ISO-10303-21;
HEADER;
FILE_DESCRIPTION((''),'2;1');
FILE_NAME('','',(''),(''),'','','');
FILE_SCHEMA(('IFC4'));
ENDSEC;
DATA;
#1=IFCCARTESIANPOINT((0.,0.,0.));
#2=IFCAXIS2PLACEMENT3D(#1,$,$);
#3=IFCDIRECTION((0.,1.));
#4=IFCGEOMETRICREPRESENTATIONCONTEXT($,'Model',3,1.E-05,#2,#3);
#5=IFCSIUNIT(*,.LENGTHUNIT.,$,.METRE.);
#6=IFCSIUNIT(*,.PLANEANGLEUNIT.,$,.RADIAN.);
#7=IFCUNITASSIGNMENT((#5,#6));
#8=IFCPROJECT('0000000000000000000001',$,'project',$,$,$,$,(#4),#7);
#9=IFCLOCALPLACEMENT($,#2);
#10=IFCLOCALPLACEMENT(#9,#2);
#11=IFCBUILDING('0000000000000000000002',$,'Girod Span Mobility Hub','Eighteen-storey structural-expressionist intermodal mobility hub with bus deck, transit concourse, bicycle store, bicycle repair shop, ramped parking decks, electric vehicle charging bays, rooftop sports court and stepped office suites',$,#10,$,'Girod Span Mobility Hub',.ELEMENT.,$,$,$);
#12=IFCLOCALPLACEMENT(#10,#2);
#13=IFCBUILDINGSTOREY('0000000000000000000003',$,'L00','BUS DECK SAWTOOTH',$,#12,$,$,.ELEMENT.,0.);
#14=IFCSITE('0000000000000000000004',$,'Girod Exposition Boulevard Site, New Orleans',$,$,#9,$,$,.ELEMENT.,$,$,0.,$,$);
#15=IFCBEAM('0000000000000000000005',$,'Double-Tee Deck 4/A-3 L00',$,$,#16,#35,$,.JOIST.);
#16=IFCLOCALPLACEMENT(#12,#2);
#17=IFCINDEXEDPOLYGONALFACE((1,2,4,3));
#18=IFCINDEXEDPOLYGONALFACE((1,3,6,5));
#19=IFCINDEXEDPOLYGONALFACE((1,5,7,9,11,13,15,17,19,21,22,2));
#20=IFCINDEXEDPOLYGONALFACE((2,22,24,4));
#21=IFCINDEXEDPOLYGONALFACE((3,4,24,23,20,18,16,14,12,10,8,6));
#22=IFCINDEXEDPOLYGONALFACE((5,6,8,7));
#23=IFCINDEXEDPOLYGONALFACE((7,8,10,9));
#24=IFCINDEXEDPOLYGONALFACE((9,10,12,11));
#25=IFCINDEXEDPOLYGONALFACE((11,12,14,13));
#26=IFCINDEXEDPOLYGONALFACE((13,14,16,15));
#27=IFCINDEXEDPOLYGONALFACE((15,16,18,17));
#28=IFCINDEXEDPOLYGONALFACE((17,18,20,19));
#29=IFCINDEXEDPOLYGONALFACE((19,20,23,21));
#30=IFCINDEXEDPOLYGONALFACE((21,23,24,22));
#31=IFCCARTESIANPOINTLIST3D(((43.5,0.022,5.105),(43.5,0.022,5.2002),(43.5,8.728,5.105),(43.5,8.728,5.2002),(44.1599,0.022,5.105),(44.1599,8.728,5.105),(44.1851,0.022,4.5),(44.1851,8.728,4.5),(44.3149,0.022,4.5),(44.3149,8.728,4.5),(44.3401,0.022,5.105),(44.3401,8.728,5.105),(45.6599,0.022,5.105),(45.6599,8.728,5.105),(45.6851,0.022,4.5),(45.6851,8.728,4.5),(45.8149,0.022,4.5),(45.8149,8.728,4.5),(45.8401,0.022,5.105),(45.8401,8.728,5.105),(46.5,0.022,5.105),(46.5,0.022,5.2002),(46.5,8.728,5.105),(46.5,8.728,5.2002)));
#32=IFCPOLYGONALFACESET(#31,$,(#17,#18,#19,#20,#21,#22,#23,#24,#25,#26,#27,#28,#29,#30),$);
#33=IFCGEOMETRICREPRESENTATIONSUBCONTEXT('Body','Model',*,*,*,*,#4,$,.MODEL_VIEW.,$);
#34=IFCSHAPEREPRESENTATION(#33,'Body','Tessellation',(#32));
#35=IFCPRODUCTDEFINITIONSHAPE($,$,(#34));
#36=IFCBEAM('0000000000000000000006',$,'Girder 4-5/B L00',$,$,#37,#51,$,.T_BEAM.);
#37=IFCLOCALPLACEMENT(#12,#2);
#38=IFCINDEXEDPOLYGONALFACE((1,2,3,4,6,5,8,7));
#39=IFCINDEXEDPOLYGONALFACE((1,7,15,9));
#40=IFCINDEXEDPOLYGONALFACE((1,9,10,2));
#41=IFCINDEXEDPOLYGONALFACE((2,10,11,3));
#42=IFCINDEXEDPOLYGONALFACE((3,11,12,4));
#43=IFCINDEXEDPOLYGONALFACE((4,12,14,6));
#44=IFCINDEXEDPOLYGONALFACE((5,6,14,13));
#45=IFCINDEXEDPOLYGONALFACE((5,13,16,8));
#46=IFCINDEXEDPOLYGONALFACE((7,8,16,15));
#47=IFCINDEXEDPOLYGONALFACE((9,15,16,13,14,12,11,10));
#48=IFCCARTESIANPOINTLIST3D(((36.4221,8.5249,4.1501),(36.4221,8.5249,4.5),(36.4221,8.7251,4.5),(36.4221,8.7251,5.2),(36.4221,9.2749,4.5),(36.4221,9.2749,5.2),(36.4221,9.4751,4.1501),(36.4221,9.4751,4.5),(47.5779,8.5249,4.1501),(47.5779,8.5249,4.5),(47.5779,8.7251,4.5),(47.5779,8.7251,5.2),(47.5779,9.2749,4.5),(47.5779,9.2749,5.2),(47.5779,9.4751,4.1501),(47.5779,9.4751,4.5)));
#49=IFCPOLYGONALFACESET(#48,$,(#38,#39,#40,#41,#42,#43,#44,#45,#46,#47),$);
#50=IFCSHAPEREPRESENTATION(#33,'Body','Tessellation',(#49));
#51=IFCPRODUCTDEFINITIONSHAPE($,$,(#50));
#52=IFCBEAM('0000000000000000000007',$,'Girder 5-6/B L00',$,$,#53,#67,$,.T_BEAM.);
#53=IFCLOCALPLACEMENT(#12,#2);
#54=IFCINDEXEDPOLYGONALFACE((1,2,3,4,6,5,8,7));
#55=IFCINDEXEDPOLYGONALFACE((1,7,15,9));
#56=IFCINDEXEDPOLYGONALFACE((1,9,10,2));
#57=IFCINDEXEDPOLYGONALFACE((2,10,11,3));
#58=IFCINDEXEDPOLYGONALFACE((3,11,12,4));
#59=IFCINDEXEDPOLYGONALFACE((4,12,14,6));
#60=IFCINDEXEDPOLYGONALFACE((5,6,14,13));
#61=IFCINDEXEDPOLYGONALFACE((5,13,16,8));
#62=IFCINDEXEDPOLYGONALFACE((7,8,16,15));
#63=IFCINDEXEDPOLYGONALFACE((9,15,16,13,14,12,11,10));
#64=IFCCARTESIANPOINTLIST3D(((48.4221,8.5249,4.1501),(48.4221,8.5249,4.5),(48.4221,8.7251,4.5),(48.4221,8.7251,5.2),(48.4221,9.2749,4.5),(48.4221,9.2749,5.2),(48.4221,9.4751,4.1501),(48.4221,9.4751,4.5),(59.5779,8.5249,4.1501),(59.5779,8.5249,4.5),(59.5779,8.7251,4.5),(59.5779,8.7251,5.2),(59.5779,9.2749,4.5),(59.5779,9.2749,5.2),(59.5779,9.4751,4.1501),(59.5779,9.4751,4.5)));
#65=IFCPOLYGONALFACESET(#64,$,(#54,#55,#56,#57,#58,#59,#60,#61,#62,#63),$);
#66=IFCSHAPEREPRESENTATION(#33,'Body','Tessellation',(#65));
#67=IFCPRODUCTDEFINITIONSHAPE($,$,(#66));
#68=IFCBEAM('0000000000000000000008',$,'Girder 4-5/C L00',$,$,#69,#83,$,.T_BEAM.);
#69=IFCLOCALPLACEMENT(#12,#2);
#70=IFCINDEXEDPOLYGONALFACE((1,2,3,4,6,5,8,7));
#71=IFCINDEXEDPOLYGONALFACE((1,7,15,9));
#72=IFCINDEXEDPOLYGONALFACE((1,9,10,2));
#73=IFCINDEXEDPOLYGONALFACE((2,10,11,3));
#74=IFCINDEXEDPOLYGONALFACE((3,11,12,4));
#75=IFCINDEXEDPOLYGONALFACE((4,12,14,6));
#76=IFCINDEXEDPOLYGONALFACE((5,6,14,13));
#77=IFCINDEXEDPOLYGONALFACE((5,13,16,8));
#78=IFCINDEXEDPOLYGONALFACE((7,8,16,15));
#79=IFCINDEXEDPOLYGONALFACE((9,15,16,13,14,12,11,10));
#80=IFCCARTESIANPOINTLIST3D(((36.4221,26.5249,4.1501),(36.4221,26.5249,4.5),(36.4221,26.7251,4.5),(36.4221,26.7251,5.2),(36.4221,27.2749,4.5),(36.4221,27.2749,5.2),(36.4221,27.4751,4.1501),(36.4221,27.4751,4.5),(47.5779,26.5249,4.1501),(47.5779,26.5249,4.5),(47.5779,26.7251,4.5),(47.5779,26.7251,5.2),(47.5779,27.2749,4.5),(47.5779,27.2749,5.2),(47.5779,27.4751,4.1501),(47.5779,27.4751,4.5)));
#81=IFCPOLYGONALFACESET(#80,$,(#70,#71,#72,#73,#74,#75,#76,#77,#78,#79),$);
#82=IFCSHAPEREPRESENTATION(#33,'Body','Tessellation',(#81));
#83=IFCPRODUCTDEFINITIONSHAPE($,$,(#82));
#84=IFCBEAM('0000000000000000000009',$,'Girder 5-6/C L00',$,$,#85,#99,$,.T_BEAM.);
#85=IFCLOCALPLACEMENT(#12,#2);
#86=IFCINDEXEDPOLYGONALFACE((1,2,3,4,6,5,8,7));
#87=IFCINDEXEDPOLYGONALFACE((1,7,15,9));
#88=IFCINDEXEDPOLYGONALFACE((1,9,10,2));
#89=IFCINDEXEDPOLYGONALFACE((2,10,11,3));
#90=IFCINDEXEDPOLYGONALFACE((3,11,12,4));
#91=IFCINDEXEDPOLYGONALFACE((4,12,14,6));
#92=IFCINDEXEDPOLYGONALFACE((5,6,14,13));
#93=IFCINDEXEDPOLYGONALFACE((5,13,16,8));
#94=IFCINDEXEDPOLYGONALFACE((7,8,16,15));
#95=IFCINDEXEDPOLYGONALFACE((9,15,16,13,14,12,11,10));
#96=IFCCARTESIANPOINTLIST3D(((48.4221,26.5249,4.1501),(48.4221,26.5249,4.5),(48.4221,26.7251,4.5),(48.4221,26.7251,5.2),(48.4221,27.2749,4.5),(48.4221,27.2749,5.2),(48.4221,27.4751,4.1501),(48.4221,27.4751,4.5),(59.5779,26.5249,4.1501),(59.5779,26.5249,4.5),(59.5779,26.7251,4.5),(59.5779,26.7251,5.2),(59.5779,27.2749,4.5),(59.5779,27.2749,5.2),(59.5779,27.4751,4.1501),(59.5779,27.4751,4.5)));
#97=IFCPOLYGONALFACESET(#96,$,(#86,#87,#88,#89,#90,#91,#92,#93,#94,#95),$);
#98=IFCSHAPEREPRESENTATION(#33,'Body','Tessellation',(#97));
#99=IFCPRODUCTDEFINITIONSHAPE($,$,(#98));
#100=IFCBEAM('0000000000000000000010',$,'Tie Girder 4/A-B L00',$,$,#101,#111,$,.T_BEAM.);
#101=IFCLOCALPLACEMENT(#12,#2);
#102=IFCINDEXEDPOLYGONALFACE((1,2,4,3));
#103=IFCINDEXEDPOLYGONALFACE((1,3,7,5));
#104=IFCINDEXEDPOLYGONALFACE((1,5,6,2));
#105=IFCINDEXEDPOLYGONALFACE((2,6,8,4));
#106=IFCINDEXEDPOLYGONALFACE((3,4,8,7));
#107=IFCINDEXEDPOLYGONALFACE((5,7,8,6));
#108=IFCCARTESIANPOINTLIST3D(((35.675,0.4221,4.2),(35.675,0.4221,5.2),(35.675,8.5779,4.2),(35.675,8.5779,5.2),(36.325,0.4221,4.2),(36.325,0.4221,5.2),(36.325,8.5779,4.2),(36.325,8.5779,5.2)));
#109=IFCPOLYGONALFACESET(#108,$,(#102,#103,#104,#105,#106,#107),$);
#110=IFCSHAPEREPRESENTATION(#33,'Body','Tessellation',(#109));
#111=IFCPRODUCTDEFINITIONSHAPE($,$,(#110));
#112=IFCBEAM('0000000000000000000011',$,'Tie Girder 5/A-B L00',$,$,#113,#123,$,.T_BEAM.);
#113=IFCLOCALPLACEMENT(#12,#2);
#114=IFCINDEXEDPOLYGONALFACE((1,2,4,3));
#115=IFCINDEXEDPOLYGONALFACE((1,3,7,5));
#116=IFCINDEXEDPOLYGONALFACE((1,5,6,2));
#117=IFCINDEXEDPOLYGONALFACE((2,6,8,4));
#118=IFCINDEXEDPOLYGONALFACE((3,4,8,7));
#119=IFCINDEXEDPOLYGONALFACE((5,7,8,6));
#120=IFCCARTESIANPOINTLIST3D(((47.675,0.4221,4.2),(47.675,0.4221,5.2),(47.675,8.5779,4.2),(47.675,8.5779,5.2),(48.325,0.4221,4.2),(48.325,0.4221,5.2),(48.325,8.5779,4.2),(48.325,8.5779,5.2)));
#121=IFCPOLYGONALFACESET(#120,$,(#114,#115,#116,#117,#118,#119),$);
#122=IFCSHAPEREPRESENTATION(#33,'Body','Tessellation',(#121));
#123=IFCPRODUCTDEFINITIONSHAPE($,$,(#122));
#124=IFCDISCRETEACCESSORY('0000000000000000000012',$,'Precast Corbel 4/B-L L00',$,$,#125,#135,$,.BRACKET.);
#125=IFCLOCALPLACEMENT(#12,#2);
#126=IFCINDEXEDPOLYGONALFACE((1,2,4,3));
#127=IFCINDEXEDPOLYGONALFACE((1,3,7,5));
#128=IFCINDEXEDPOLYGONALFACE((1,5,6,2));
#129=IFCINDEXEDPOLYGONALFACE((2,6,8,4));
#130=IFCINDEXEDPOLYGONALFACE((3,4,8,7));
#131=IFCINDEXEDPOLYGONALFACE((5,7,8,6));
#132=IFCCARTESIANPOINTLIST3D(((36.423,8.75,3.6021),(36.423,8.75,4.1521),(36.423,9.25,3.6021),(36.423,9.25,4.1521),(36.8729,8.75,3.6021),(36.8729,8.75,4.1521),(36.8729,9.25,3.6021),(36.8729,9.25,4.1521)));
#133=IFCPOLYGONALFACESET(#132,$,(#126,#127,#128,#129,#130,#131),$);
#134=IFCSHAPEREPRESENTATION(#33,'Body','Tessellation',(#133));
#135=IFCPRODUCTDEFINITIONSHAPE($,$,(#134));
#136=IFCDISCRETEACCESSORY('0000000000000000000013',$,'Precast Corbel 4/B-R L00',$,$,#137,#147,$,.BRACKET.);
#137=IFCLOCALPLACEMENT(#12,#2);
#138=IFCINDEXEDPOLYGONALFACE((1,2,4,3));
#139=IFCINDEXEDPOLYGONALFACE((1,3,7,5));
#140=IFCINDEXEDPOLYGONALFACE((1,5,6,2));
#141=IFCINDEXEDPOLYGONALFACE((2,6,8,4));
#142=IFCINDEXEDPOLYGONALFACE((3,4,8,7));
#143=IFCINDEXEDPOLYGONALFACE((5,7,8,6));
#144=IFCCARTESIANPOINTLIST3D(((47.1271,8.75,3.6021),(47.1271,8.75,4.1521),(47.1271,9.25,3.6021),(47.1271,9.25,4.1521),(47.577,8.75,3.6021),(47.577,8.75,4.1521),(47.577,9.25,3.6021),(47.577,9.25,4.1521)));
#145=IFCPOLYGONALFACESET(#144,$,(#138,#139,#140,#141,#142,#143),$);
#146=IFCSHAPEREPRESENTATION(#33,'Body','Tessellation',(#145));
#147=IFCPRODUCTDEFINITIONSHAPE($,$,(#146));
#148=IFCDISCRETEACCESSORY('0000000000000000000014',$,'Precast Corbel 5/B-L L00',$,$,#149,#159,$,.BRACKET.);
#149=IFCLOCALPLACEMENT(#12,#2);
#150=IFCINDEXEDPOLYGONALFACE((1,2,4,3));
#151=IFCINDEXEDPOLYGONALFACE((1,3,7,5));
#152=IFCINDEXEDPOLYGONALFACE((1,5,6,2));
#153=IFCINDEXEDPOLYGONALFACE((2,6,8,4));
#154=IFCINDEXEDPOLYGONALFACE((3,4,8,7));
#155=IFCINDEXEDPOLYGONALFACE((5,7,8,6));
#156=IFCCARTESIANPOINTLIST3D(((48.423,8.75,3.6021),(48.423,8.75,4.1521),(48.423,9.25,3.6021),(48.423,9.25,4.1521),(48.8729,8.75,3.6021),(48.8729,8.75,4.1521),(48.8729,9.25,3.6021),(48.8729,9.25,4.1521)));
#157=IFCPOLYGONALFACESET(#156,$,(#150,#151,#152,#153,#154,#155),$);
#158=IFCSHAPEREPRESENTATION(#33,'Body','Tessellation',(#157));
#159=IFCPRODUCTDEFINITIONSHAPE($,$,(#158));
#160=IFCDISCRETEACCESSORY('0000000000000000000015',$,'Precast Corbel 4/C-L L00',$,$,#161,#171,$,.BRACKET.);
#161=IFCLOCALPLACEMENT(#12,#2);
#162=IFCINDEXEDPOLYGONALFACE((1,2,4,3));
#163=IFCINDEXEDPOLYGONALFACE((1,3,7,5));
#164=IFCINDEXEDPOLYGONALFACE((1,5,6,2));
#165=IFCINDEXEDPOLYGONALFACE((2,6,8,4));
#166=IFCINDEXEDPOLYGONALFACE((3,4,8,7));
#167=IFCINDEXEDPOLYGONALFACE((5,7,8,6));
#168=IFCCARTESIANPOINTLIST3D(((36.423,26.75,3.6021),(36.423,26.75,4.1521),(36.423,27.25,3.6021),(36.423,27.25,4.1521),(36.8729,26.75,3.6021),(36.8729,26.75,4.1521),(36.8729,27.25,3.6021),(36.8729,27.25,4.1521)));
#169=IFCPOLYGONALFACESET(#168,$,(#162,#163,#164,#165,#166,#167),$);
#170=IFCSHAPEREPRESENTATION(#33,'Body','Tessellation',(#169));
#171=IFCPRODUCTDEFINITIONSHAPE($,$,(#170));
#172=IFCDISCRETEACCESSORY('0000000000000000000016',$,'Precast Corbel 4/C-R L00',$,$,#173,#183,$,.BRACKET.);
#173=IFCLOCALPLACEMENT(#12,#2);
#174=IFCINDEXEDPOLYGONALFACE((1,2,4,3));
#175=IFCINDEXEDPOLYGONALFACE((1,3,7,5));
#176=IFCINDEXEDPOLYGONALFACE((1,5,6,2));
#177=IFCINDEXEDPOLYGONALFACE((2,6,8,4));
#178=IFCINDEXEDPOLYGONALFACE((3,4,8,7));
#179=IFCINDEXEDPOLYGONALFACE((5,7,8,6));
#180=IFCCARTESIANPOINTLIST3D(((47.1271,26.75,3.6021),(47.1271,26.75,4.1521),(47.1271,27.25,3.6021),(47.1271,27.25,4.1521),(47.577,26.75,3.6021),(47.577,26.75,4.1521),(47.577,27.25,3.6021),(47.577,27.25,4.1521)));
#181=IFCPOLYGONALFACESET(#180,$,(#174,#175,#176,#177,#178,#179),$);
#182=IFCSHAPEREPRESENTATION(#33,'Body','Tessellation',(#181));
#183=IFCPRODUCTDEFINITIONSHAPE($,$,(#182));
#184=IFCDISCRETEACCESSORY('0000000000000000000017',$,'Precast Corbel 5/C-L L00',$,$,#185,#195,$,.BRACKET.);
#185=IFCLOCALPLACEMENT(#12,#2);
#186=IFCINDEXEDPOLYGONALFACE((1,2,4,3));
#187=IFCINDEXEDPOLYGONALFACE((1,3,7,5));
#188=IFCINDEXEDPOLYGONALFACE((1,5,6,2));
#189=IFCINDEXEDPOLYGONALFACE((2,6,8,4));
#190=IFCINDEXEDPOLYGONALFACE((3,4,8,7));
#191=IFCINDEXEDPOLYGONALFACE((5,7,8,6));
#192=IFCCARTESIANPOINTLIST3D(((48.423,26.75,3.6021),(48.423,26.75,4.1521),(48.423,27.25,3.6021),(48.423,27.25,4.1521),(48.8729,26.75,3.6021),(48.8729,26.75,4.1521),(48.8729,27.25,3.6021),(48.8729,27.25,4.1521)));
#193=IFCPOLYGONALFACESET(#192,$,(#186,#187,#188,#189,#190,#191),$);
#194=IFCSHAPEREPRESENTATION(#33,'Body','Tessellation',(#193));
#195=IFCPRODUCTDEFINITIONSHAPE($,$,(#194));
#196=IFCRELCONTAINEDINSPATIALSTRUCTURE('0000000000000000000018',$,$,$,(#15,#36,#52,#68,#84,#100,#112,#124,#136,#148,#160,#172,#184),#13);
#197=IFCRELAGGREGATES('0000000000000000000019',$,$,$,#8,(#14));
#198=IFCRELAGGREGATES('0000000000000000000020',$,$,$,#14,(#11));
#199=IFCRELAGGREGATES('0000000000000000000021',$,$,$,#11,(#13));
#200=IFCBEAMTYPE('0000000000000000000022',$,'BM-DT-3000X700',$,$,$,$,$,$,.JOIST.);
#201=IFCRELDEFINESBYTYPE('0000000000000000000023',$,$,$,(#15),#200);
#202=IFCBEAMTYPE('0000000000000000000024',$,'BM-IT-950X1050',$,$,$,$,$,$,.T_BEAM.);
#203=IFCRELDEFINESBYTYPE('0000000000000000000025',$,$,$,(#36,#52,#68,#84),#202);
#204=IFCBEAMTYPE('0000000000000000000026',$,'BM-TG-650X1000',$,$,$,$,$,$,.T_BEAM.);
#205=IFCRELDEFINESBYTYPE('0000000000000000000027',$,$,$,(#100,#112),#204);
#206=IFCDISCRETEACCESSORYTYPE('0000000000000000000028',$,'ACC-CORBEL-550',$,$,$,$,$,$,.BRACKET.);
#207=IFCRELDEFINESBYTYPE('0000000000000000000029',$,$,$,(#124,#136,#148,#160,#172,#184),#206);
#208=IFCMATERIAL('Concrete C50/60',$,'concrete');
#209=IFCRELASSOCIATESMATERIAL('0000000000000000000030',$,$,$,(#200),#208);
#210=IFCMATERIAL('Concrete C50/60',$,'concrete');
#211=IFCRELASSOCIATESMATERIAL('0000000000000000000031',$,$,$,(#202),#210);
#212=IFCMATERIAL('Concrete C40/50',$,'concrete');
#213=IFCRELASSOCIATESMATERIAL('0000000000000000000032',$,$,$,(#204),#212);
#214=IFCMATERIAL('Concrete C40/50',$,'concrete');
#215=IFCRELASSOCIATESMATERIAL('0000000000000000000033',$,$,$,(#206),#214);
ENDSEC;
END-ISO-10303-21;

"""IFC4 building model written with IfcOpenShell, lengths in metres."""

from ifc_helpers import new_model, si_unit, direction, frame, origin, origin_2d, place, context, subcontext, project, spatial, polyline, rectangle, outline, extrude, material, material_profile, profile_set, type_object, element, save


model = new_model("IFC4")

# Units and contexts
model_context = context("Model", 3, precision=1e-05, world=origin(), true_north=direction((0.0, 1.0)))
body_context = subcontext(model_context, "Body", "Model", "MODEL_VIEW")
ifc_project = project(units=[si_unit("LENGTHUNIT", "METRE"), si_unit("PLANEANGLEUNIT", "RADIAN")], contexts=[model_context])

# Site, building, storey
site_placement = place(None, origin())
site = spatial("IfcSite", under=ifc_project, at=site_placement, Name="Girod Exposition Boulevard Site, New Orleans", CompositionType="ELEMENT", RefElevation=0.0)
building_placement = place(site_placement, origin())
building = spatial("IfcBuilding", under=site, at=building_placement, Name="Girod Span Mobility Hub", Description="Eighteen-storey structural-expressionist intermodal mobility hub with bus deck, transit concourse, bicycle store, bicycle repair shop, ramped parking decks, electric vehicle charging bays, rooftop sports court and stepped office suites", LongName="Girod Span Mobility Hub", CompositionType="ELEMENT")
storey_placement = place(building_placement, origin())
storey = spatial("IfcBuildingStorey", under=building, at=storey_placement, Name="L00", Description="BUS DECK SAWTOOTH", CompositionType="ELEMENT", Elevation=0.0)

# Beams
ifc_material_1 = material(Name="Concrete C50/60", Category="concrete")
ifc_material_profile_1 = material_profile(ifc_material_1, outline(polyline([(-1.5, 0.3501), (-1.5, 0.2549), (-0.8401, 0.2549), (-0.8149, -0.3501), (-0.6851, -0.3501), (-0.6599, 0.2549), (0.6599, 0.2549), (0.6851, -0.3501), (0.8149, -0.3501), (0.8401, 0.2549), (1.5, 0.2549), (1.5, 0.3501), (-1.5, 0.3501)])), Name="DT-3000X700")
ifc_profile_set_1 = profile_set([ifc_material_profile_1], Name="Concrete C50/60")
beam_type_1 = type_object("IfcBeamType", Name="BM-DT-3000X700", PredefinedType="JOIST", material=ifc_profile_set_1)
beam_placement = place(storey_placement, frame((45.0, 0.022, 4.8501), z_axis=(0.0, 1.0, 0.0), x_axis=(-1.0, 0.0, 0.0)))
element("IfcBeam", 1, at=beam_placement, inside=storey, type_object=beam_type_1, Name="Double-Tee Deck 4/A-3 L00", PredefinedType="JOIST", context=body_context, shape_type="SweptSolid", body=[
    extrude(outline(polyline([(-1.5, 0.3501), (-1.5, 0.2549), (-0.8401, 0.2549), (-0.8149, -0.3501), (-0.6851, -0.3501), (-0.6599, 0.2549), (0.6599, 0.2549), (0.6851, -0.3501), (0.8149, -0.3501), (0.8401, 0.2549), (1.5, 0.2549), (1.5, 0.3501), (-1.5, 0.3501)])), origin(), (0.0, 0.0, 1.0), 8.7061),
])
ifc_material_2 = material(Name="Concrete C50/60", Category="concrete")
ifc_material_profile_2 = material_profile(ifc_material_2, outline(polyline([(-0.4751, -0.5249), (0.4751, -0.5249), (0.4751, -0.175), (0.2749, -0.175), (0.2749, 0.5249), (-0.2749, 0.5249), (-0.2749, -0.175), (-0.4751, -0.175), (-0.4751, -0.5249)])), Name="IT-950X1050")
ifc_profile_set_2 = profile_set([ifc_material_profile_2], Name="Concrete C50/60")
beam_type_2 = type_object("IfcBeamType", Name="BM-IT-950X1050", PredefinedType="T_BEAM", material=ifc_profile_set_2)
for number, where, z_axis, x_axis, name in (
    (2, (36.4221, 9.0, 4.675), (1.0, 0.0, 0.0), (0.0, 1.0, 0.0), "Girder 4-5/B L00"),
    (3, (48.4221, 9.0, 4.675), (1.0, 0.0, 0.0), (0.0, 1.0, 0.0), "Girder 5-6/B L00"),
    (4, (36.4221, 27.0, 4.675), (1.0, 0.0, 0.0), (0.0, 1.0, 0.0), "Girder 4-5/C L00"),
    (5, (48.4221, 27.0, 4.675), (1.0, 0.0, 0.0), (0.0, 1.0, 0.0), "Girder 5-6/C L00"),
):
    element("IfcBeam", number, at=place(storey_placement, frame(where, z_axis=z_axis, x_axis=x_axis)), inside=storey, type_object=beam_type_2, Name=name, PredefinedType="T_BEAM", context=body_context, shape_type="SweptSolid", body=[
        extrude(outline(polyline([(-0.4751, -0.5249), (0.4751, -0.5249), (0.4751, -0.175), (0.2749, -0.175), (0.2749, 0.5249), (-0.2749, 0.5249), (-0.2749, -0.175), (-0.4751, -0.175), (-0.4751, -0.5249)])), origin(), (0.0, 0.0, 1.0), 11.1558),
    ])
ifc_material_3 = material(Name="Concrete C40/50", Category="concrete")
ifc_material_profile_3 = material_profile(ifc_material_3, rectangle(XDim=0.6499, YDim=1.0, at=origin_2d()), Name="TG-650X1000")
ifc_profile_set_3 = profile_set([ifc_material_profile_3], Name="Concrete C40/50")
beam_type_3 = type_object("IfcBeamType", Name="BM-TG-650X1000", PredefinedType="T_BEAM", material=ifc_profile_set_3)
for number, where, z_axis, x_axis, name in (
    (6, (36.0, 0.4221, 4.7), (0.0, 1.0, 0.0), (-1.0, 0.0, 0.0), "Tie Girder 4/A-B L00"),
    (7, (48.0, 0.4221, 4.7), (0.0, 1.0, 0.0), (-1.0, 0.0, 0.0), "Tie Girder 5/A-B L00"),
):
    element("IfcBeam", number, at=place(storey_placement, frame(where, z_axis=z_axis, x_axis=x_axis)), inside=storey, type_object=beam_type_3, Name=name, PredefinedType="T_BEAM", context=body_context, shape_type="SweptSolid", body=[
        extrude(rectangle(XDim=0.6499, YDim=1.0, at=origin_2d()), origin(), (0.0, 0.0, 1.0), 8.1558),
    ])

# Discrete accessories
ifc_material_4 = material(Name="Concrete C40/50", Category="concrete")
discrete_accessory_type = type_object("IfcDiscreteAccessoryType", Name="ACC-CORBEL-550", PredefinedType="BRACKET", material=ifc_material_4)
for number, where, z_axis, x_axis, name in (
    (8, (36.6479, 9.0, 3.6021), (0.0, 0.0, 1.0), (1.0, 0.0, 0.0), "Precast Corbel 4/B-L L00"),
    (9, (47.3521, 9.0, 3.6021), (0.0, 0.0, 1.0), (1.0, 0.0, 0.0), "Precast Corbel 4/B-R L00"),
    (10, (48.6479, 9.0, 3.6021), (0.0, 0.0, 1.0), (1.0, 0.0, 0.0), "Precast Corbel 5/B-L L00"),
    (11, (36.6479, 27.0, 3.6021), (0.0, 0.0, 1.0), (1.0, 0.0, 0.0), "Precast Corbel 4/C-L L00"),
    (12, (47.3521, 27.0, 3.6021), (0.0, 0.0, 1.0), (1.0, 0.0, 0.0), "Precast Corbel 4/C-R L00"),
    (13, (48.6479, 27.0, 3.6021), (0.0, 0.0, 1.0), (1.0, 0.0, 0.0), "Precast Corbel 5/C-L L00"),
):
    element("IfcDiscreteAccessory", number, at=place(storey_placement, frame(where, z_axis=z_axis, x_axis=x_axis)), inside=storey, type_object=discrete_accessory_type, Name=name, PredefinedType="BRACKET", context=body_context, shape_type="SweptSolid", body=[
        extrude(rectangle(XDim=0.45, YDim=0.5, at=origin_2d()), origin(), (0.0, 0.0, 1.0), 0.55),
    ])

save(model, "model.ifc")
